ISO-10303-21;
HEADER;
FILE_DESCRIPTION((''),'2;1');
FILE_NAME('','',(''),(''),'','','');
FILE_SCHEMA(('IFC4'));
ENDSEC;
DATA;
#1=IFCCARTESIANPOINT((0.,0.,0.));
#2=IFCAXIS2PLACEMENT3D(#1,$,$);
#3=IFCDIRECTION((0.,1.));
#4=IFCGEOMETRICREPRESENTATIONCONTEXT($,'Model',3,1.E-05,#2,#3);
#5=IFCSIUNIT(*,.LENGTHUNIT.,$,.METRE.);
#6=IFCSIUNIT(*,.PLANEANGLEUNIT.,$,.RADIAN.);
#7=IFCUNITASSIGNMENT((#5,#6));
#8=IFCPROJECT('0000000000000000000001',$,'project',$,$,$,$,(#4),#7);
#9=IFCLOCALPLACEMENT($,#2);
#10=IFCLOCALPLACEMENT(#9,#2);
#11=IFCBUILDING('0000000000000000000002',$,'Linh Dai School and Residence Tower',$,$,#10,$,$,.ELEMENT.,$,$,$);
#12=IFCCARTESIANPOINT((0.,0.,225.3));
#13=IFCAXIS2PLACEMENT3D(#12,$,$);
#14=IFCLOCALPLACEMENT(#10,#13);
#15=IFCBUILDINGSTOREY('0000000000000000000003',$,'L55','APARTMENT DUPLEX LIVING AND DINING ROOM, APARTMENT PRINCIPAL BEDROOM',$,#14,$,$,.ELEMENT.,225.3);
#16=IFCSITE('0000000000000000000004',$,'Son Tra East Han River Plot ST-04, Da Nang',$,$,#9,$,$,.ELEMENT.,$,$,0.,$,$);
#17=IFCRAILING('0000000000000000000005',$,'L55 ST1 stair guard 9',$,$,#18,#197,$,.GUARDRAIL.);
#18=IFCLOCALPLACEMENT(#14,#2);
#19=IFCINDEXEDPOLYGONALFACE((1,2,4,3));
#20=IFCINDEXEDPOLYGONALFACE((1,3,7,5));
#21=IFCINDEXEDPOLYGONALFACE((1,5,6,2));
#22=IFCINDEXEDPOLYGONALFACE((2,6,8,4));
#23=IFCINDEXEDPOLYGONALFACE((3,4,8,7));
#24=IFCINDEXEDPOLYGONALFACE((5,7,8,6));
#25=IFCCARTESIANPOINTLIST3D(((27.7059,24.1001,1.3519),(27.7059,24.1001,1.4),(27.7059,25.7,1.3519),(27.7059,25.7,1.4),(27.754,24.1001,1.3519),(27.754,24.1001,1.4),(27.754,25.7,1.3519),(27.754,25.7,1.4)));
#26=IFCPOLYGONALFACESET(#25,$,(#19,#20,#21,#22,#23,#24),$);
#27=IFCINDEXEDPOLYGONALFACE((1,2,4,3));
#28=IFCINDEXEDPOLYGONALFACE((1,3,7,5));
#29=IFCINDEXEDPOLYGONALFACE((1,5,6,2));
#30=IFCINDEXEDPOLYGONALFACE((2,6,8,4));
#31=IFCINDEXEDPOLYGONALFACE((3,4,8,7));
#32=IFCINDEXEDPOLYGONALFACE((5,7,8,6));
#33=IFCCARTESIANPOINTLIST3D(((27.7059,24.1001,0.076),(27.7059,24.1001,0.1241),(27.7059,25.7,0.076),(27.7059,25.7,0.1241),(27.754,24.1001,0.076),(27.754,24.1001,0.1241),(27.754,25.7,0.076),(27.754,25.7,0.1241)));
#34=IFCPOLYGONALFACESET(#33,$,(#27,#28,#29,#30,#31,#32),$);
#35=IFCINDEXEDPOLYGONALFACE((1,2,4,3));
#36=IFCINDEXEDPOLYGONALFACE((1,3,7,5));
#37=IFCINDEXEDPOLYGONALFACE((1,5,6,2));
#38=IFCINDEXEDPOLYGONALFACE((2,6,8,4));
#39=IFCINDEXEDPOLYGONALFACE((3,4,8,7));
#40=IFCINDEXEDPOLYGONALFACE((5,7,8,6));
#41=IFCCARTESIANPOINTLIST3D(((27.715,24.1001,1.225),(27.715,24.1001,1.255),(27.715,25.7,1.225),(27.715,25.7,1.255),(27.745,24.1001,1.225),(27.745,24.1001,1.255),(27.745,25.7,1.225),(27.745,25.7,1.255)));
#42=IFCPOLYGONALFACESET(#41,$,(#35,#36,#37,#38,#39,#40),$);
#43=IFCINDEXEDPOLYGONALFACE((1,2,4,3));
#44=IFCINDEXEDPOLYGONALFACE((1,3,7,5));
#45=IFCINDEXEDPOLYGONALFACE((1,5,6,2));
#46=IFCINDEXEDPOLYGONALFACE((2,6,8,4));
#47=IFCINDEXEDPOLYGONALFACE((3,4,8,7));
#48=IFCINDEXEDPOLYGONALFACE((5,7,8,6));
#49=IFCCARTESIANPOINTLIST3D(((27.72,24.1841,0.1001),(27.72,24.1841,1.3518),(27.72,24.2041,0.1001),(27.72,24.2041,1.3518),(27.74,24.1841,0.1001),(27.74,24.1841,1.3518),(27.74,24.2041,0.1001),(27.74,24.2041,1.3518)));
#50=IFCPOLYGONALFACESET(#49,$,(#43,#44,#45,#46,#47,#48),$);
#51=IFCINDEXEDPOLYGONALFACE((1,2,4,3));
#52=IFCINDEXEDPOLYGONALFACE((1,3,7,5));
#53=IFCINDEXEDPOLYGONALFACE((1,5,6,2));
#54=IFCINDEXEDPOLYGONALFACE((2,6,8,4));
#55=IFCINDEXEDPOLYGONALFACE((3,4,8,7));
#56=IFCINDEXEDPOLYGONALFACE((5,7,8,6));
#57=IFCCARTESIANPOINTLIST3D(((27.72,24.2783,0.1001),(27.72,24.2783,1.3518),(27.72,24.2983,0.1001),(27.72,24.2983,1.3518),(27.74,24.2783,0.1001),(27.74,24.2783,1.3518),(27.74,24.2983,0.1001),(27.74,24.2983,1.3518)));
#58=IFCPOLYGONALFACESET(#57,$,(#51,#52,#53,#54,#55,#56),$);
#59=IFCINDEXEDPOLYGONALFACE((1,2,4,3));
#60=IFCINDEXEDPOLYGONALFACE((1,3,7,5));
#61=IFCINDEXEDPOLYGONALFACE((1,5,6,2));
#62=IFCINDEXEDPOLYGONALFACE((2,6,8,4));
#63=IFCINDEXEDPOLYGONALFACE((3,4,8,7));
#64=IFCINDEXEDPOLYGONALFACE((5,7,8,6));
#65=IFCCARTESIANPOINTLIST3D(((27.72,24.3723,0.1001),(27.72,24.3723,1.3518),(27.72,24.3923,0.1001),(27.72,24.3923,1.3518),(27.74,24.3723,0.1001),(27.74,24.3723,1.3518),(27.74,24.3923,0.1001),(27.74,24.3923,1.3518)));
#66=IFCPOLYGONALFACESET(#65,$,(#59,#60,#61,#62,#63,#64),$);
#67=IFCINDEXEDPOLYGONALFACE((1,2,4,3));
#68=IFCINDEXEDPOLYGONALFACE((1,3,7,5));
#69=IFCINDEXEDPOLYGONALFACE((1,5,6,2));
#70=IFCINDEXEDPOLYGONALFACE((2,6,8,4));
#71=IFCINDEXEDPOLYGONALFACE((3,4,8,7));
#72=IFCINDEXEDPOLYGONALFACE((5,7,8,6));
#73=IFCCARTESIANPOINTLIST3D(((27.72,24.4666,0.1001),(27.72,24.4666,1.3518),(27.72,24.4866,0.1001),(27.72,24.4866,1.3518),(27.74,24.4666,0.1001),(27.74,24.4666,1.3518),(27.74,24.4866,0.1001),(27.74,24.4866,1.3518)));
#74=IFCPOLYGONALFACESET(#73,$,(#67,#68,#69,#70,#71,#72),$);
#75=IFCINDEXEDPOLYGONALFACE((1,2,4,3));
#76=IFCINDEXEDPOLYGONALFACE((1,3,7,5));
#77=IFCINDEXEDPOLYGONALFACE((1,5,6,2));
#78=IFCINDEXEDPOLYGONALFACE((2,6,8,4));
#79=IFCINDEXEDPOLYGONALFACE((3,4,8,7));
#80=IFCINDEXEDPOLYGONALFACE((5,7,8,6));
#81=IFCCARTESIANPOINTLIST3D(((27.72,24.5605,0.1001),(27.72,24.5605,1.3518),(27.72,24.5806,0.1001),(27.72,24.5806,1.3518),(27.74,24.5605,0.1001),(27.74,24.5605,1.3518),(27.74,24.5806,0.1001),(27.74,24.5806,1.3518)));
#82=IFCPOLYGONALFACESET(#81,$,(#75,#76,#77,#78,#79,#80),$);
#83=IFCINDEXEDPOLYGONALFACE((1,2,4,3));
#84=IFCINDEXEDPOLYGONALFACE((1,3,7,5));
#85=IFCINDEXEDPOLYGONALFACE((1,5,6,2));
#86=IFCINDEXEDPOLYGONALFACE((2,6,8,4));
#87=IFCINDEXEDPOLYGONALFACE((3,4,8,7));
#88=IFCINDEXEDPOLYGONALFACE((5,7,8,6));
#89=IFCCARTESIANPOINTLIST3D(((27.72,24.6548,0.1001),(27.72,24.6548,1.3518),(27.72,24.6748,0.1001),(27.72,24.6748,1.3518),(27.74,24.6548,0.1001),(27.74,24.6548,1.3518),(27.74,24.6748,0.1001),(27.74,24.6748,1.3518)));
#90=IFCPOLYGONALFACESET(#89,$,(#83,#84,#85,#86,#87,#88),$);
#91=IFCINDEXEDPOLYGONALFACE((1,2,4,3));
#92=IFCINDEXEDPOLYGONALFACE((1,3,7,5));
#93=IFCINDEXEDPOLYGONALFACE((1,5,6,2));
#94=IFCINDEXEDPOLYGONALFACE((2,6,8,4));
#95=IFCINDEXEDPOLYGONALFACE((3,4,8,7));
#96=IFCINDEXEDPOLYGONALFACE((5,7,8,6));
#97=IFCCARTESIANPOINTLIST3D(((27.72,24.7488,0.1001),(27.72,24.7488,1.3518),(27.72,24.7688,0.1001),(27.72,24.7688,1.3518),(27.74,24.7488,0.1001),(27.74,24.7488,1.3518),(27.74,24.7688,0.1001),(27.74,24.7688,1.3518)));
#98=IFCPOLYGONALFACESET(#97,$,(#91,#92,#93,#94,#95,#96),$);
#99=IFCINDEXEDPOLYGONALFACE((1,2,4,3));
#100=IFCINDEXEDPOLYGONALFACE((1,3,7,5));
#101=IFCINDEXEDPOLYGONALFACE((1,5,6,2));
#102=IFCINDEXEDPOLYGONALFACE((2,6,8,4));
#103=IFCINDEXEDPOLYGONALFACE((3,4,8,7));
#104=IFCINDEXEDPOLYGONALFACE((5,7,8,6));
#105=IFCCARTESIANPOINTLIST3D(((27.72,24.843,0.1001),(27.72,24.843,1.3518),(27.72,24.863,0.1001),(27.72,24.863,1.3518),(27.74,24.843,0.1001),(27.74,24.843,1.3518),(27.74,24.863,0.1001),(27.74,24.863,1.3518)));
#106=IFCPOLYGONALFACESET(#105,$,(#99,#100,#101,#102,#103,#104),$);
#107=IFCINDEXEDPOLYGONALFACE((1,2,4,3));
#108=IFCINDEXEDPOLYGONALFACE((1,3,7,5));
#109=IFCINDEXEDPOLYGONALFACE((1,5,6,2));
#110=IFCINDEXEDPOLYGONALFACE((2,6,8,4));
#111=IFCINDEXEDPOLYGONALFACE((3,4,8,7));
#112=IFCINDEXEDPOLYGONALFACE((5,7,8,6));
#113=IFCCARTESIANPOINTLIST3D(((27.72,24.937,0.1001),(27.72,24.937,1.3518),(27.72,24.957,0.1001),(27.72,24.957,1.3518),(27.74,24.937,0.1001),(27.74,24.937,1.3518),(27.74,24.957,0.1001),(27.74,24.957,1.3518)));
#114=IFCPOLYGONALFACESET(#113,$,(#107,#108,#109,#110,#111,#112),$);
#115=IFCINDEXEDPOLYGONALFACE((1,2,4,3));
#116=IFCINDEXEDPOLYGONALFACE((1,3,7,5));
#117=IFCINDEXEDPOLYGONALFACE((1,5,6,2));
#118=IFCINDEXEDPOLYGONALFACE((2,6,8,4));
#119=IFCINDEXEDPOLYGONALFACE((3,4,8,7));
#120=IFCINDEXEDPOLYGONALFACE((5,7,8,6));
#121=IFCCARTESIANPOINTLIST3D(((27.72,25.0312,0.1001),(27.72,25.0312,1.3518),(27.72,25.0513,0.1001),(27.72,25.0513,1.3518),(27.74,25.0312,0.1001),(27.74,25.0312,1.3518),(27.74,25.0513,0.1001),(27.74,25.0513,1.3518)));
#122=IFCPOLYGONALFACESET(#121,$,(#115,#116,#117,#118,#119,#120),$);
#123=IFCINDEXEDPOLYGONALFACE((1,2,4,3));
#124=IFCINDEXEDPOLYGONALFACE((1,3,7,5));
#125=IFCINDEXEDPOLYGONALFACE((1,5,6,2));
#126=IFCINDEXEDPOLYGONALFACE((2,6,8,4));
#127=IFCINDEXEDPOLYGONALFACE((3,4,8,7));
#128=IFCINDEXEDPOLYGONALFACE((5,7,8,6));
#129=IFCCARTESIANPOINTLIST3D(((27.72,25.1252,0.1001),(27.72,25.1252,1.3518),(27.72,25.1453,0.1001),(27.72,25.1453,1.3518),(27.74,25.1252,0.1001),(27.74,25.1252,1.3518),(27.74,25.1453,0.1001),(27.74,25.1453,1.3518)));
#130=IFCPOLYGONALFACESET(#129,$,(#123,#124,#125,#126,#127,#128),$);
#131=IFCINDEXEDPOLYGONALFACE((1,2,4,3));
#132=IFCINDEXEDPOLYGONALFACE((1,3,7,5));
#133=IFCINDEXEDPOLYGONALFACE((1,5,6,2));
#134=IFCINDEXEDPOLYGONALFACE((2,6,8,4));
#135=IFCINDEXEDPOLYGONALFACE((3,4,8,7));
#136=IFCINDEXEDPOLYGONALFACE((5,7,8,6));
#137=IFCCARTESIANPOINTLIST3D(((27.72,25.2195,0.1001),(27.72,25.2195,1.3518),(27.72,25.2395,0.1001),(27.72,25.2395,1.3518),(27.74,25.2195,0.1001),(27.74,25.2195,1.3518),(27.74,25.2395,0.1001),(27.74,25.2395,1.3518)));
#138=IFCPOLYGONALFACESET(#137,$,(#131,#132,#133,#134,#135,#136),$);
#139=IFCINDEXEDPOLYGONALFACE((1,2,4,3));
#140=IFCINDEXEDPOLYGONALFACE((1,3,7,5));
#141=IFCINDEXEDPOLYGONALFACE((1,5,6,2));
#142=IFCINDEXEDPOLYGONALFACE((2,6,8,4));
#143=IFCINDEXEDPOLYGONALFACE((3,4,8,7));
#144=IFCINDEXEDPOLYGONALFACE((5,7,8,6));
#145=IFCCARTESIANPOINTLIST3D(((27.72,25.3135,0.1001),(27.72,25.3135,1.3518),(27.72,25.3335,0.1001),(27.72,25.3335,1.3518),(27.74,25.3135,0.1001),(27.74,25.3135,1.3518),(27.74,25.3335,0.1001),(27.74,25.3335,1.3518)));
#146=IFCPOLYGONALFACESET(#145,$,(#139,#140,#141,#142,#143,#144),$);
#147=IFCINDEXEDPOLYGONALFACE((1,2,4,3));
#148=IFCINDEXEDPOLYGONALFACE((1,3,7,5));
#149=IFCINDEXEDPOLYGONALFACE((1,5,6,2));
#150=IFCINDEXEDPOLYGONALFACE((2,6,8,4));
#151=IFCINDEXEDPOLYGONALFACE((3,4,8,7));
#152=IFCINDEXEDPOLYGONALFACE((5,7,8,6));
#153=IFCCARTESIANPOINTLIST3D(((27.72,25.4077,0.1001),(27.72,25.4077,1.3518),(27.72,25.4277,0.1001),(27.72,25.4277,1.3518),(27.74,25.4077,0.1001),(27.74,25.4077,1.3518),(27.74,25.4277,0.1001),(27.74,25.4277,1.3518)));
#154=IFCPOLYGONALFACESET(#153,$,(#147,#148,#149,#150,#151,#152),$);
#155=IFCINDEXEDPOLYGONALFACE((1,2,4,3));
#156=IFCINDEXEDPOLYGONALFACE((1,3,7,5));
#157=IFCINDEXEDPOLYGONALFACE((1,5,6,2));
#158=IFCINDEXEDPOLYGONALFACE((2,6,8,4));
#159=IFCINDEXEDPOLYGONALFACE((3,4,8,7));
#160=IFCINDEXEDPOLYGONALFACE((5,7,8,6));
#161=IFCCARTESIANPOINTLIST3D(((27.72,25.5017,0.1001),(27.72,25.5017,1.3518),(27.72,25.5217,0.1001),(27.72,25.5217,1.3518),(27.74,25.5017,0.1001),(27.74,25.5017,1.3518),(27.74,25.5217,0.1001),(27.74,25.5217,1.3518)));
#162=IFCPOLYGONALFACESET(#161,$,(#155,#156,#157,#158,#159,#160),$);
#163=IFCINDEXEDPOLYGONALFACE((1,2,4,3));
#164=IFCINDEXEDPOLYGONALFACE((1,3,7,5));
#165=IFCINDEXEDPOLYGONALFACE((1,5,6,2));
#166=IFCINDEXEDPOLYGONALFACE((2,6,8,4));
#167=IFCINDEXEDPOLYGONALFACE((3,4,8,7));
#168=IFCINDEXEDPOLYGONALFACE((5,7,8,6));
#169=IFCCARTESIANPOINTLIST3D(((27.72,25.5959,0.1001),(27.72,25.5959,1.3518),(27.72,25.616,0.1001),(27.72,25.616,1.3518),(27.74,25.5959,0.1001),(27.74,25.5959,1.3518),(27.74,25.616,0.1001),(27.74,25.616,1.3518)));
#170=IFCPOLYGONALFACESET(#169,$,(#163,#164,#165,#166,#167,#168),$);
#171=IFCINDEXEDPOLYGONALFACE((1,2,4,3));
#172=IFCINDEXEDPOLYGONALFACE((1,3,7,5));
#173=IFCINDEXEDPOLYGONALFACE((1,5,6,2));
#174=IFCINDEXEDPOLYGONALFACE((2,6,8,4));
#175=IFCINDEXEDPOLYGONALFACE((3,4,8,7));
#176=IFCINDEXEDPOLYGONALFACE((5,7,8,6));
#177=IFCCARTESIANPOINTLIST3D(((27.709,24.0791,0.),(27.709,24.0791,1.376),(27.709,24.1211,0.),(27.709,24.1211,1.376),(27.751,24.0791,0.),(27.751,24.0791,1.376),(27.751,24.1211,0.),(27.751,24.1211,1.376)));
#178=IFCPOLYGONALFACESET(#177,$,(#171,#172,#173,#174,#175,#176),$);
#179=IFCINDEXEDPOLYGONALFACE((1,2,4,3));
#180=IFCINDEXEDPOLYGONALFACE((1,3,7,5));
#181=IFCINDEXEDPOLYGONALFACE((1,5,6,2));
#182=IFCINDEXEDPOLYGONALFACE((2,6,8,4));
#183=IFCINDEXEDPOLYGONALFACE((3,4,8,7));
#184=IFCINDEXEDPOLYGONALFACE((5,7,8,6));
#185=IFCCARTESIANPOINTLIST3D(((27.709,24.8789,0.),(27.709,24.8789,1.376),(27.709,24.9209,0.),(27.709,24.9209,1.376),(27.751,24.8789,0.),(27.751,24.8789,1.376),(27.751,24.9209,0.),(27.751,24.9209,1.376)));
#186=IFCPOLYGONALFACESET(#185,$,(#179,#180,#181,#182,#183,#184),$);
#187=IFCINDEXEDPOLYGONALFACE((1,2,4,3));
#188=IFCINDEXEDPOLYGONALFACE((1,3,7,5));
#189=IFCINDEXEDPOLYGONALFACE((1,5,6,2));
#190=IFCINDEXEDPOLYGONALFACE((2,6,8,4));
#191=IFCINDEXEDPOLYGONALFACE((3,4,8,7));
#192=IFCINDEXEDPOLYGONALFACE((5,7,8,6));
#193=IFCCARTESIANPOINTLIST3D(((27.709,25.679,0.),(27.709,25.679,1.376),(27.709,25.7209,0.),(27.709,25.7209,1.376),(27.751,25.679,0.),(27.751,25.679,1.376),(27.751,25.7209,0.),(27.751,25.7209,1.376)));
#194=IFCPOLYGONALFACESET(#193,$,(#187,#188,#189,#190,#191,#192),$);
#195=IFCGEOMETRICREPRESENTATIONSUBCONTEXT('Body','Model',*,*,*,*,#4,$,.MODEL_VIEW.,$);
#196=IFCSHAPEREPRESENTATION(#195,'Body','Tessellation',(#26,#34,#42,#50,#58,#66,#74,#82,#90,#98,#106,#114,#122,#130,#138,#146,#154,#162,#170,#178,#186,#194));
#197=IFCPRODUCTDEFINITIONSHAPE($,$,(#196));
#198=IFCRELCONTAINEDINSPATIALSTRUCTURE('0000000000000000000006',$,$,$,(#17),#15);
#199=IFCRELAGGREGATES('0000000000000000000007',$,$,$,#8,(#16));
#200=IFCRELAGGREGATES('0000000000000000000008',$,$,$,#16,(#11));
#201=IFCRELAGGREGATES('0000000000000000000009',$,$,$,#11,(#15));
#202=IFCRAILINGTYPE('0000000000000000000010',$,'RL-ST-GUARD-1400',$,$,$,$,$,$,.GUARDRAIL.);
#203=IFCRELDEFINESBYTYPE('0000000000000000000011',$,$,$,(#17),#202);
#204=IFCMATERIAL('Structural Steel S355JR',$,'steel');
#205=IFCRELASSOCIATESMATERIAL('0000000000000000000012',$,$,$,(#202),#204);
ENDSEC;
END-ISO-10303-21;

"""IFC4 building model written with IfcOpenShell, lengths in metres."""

from ifc_helpers import new_model, si_unit, direction, frame, origin, origin_2d, place, context, subcontext, project, spatial, rectangle, extrude, source, transform, mapped, material, type_object, element, save


model = new_model("IFC4")

# Units and contexts
model_context = context("Model", 3, precision=1e-05, world=origin(), true_north=direction((0.0, 1.0)))
body_context = subcontext(model_context, "Body", "Model", "MODEL_VIEW")
ifc_project = project(units=[si_unit("LENGTHUNIT", "METRE"), si_unit("PLANEANGLEUNIT", "RADIAN")], contexts=[model_context])

# Site, building, storey
site_placement = place(None, origin())
site = spatial("IfcSite", under=ifc_project, at=site_placement, Name="Son Tra East Han River Plot ST-04, Da Nang", CompositionType="ELEMENT", RefElevation=0.0)
building_placement = place(site_placement, origin())
building = spatial("IfcBuilding", under=site, at=building_placement, Name="Linh Dai School and Residence Tower", CompositionType="ELEMENT")
storey_placement = place(building_placement, frame((0.0, 0.0, 225.3)))
storey = spatial("IfcBuildingStorey", under=building, at=storey_placement, Name="L55", Description="APARTMENT DUPLEX LIVING AND DINING ROOM, APARTMENT PRINCIPAL BEDROOM", CompositionType="ELEMENT", Elevation=225.3)

# Shared definitions
ifc_material_1 = material(Name="Structural Steel S355JR", Category="steel")

# Railing
railing_type = type_object("IfcRailingType", Name="RL-ST-GUARD-1400", PredefinedType="GUARDRAIL", material=ifc_material_1)
shared_shape_1 = source(origin(), body_context, "Body", "SweptSolid", [
    extrude(rectangle(XDim=0.0481, YDim=0.0481, at=origin_2d()), frame((0.0, 0.0, 1.376), z_axis=(0.0, 1.0, 0.0), x_axis=(-1.0, 0.0, 0.0)), (0.0, 0.0, 1.0), 1.5999),
    extrude(rectangle(XDim=0.0481, YDim=0.0481, at=origin_2d()), frame((0.0, 0.0, 0.1001), z_axis=(0.0, 1.0, 0.0), x_axis=(-1.0, 0.0, 0.0)), (0.0, 0.0, 1.0), 1.5999),
    extrude(rectangle(XDim=0.03, YDim=0.03, at=origin_2d()), frame((0.0, 0.0, 1.24), z_axis=(0.0, 1.0, 0.0), x_axis=(-1.0, 0.0, 0.0)), (0.0, 0.0, 1.0), 1.5999),
    extrude(rectangle(XDim=0.02, YDim=0.02, at=origin_2d()), frame((0.0, 0.094, 0.1001)), (0.0, 0.0, 1.0), 1.2517),
    extrude(rectangle(XDim=0.02, YDim=0.02, at=origin_2d()), frame((0.0, 0.1882, 0.1001)), (0.0, 0.0, 1.0), 1.2517),
    extrude(rectangle(XDim=0.02, YDim=0.02, at=origin_2d()), frame((0.0, 0.2822, 0.1001)), (0.0, 0.0, 1.0), 1.2517),
    extrude(rectangle(XDim=0.02, YDim=0.02, at=origin_2d()), frame((0.0, 0.3765, 0.1001)), (0.0, 0.0, 1.0), 1.2517),
    extrude(rectangle(XDim=0.02, YDim=0.02, at=origin_2d()), frame((0.0, 0.4705, 0.1001)), (0.0, 0.0, 1.0), 1.2517),
    extrude(rectangle(XDim=0.02, YDim=0.02, at=origin_2d()), frame((0.0, 0.5647, 0.1001)), (0.0, 0.0, 1.0), 1.2517),
    extrude(rectangle(XDim=0.02, YDim=0.02, at=origin_2d()), frame((0.0, 0.6587, 0.1001)), (0.0, 0.0, 1.0), 1.2517),
    extrude(rectangle(XDim=0.02, YDim=0.02, at=origin_2d()), frame((0.0, 0.7529, 0.1001)), (0.0, 0.0, 1.0), 1.2517),
    extrude(rectangle(XDim=0.02, YDim=0.02, at=origin_2d()), frame((0.0, 0.8469, 0.1001)), (0.0, 0.0, 1.0), 1.2517),
    extrude(rectangle(XDim=0.02, YDim=0.02, at=origin_2d()), frame((0.0, 0.9412, 0.1001)), (0.0, 0.0, 1.0), 1.2517),
    extrude(rectangle(XDim=0.02, YDim=0.02, at=origin_2d()), frame((0.0, 1.0352, 0.1001)), (0.0, 0.0, 1.0), 1.2517),
    extrude(rectangle(XDim=0.02, YDim=0.02, at=origin_2d()), frame((0.0, 1.1294, 0.1001)), (0.0, 0.0, 1.0), 1.2517),
    extrude(rectangle(XDim=0.02, YDim=0.02, at=origin_2d()), frame((0.0, 1.2234, 0.1001)), (0.0, 0.0, 1.0), 1.2517),
    extrude(rectangle(XDim=0.02, YDim=0.02, at=origin_2d()), frame((0.0, 1.3176, 0.1001)), (0.0, 0.0, 1.0), 1.2517),
    extrude(rectangle(XDim=0.02, YDim=0.02, at=origin_2d()), frame((0.0, 1.4116, 0.1001)), (0.0, 0.0, 1.0), 1.2517),
    extrude(rectangle(XDim=0.02, YDim=0.02, at=origin_2d()), frame((0.0, 1.5059, 0.1001)), (0.0, 0.0, 1.0), 1.2517),
    extrude(rectangle(XDim=0.042, YDim=0.042, at=origin_2d()), origin(), (0.0, 0.0, 1.0), 1.376),
    extrude(rectangle(XDim=0.042, YDim=0.042, at=origin_2d()), frame((0.0, 0.7998, 0.0)), (0.0, 0.0, 1.0), 1.376),
    extrude(rectangle(XDim=0.042, YDim=0.042, at=origin_2d()), frame((0.0, 1.5999, 0.0)), (0.0, 0.0, 1.0), 1.376),
])
for number, where, name in (
    (1, (27.73, 24.1001, 0.0), "L55 ST1 stair guard 9"),
):
    element("IfcRailing", number, at=place(storey_placement, frame(where)), inside=storey, type_object=railing_type, Name=name, PredefinedType="GUARDRAIL", context=body_context, shape_type="MappedRepresentation", body=[
        mapped(shared_shape_1, transform((0.0, 0.0, 0.0), x_axis=(1.0, 0.0, 0.0), y_axis=(0.0, 1.0, 0.0), z_axis=(0.0, 0.0, 1.0), scale=1.0)),
    ])

save(model, "model.ifc")
